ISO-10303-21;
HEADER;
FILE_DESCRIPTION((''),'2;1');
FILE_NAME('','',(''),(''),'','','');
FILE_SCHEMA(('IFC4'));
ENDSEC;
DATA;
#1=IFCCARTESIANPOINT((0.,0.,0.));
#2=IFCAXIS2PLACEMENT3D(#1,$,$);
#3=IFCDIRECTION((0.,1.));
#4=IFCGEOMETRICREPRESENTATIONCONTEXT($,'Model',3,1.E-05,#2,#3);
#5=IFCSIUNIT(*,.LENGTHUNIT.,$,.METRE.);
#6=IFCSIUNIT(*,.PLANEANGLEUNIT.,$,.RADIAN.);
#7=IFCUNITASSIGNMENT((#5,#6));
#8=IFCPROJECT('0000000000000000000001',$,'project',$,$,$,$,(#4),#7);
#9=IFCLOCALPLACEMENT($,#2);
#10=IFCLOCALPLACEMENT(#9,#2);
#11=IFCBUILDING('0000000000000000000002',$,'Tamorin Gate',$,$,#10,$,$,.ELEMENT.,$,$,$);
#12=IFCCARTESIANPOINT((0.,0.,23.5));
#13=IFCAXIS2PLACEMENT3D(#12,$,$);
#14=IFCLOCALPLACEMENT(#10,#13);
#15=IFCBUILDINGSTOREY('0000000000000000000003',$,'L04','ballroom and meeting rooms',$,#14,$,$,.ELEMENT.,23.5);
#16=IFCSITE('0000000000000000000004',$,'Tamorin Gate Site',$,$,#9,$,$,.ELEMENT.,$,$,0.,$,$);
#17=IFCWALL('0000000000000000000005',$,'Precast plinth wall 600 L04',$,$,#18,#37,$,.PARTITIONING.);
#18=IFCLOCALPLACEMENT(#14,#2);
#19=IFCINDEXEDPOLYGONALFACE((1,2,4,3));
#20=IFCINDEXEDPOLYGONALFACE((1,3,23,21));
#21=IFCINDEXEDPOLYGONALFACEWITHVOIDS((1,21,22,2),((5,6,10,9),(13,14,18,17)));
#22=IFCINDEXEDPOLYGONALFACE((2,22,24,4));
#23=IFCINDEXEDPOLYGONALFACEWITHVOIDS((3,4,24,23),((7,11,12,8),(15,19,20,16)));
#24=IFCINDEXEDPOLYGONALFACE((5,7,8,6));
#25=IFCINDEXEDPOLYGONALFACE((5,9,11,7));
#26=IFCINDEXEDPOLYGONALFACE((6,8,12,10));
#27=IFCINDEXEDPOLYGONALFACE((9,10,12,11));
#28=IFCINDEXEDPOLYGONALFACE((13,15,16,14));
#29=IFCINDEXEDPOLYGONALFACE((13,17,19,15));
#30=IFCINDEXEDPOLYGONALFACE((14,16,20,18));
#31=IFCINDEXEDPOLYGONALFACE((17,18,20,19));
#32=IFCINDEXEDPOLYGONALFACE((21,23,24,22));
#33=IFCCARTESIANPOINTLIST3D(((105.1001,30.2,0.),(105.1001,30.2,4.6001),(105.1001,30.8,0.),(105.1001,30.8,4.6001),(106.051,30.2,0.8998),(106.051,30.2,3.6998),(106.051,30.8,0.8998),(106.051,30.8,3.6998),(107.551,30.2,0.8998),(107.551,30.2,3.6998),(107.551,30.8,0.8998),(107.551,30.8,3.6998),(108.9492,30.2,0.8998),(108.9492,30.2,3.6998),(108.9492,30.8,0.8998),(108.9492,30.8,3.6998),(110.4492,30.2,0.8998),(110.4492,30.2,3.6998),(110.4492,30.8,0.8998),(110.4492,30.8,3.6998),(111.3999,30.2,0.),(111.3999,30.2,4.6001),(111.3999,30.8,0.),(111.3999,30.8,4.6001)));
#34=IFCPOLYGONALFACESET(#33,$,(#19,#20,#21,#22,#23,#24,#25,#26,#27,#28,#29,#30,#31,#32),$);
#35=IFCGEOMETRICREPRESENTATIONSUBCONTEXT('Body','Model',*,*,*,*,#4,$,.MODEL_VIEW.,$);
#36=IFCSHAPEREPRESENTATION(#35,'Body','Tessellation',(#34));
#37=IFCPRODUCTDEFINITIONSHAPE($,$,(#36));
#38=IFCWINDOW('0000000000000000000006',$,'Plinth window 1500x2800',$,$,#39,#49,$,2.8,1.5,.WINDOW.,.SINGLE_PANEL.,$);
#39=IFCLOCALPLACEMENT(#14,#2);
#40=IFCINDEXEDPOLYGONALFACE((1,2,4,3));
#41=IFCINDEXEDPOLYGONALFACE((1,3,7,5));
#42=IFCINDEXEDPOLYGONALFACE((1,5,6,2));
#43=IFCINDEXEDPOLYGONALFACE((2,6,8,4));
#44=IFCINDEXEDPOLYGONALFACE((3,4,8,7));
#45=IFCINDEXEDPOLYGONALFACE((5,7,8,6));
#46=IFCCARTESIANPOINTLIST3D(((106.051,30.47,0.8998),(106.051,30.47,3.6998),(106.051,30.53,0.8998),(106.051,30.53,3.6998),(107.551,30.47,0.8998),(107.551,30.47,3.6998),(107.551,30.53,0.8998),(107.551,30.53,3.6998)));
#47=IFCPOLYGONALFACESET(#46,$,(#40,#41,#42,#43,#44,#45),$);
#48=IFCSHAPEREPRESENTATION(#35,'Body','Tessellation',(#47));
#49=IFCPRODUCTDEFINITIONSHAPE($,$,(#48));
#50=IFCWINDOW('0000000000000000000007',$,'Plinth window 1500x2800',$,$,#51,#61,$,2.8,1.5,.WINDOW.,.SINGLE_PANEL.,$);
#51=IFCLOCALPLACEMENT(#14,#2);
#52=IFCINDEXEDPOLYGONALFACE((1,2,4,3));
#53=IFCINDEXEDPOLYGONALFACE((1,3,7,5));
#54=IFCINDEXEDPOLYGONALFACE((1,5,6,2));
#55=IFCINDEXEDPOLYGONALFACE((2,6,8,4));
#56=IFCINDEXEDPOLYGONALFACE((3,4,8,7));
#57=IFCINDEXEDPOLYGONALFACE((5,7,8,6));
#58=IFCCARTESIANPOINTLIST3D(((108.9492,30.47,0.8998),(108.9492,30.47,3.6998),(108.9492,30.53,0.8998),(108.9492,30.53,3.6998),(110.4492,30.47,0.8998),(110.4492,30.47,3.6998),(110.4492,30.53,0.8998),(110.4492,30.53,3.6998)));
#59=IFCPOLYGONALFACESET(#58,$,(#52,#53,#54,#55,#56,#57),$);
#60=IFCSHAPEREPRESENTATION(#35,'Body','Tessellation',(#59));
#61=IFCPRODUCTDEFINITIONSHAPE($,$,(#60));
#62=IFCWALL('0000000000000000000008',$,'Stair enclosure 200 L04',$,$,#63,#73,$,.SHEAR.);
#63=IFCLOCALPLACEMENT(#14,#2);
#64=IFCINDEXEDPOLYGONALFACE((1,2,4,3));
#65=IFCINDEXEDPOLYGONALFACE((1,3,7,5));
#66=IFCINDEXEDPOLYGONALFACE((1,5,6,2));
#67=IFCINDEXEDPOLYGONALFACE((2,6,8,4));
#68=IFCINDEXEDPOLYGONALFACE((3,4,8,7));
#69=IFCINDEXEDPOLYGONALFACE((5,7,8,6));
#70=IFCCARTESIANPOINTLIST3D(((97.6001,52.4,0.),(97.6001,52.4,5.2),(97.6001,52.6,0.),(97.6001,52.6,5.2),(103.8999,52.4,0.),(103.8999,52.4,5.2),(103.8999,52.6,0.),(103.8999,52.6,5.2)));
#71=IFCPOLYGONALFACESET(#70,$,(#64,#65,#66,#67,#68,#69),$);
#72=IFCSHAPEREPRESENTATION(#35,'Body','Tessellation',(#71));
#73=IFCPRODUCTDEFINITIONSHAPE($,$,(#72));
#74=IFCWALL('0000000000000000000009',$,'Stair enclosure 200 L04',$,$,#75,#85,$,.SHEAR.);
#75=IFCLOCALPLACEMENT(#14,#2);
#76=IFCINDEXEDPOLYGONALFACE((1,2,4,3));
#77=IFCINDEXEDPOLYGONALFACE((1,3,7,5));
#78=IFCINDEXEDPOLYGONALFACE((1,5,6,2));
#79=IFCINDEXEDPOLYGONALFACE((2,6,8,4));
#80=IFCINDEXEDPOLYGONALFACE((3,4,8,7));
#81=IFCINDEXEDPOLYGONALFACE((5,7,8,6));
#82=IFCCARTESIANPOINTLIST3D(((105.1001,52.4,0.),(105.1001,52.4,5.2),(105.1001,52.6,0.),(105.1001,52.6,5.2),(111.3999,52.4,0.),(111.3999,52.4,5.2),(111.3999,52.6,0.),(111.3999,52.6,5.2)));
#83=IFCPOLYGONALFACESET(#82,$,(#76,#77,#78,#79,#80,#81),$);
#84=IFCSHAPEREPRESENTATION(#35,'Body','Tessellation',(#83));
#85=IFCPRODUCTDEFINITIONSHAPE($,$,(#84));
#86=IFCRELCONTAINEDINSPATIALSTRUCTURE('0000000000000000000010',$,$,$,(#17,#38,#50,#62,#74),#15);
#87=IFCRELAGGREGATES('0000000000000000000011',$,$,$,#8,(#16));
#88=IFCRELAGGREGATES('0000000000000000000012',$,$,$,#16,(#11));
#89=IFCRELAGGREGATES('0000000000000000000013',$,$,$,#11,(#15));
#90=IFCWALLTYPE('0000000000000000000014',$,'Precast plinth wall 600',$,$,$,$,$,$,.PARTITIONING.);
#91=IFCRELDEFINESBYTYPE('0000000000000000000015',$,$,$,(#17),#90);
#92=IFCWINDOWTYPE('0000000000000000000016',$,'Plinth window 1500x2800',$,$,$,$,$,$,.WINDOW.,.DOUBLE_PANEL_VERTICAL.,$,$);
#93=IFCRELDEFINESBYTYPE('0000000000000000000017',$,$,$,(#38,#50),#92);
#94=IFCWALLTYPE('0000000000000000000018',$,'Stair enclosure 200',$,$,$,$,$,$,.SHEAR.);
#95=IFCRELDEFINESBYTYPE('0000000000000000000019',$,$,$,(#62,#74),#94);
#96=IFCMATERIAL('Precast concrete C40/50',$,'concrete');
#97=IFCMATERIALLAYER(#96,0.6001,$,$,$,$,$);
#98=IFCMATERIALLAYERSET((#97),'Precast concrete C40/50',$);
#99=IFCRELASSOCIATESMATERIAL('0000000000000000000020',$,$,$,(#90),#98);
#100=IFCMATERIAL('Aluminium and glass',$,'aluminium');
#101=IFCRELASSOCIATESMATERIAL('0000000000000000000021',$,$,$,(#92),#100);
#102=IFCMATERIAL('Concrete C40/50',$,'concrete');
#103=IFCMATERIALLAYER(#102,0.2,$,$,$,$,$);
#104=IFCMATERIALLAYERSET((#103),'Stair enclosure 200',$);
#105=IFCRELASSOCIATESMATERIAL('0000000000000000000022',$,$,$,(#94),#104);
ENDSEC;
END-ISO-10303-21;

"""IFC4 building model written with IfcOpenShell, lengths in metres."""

from ifc_helpers import new_model, si_unit, direction, frame, frame_2d, origin, place, context, subcontext, project, spatial, rectangle, extrude, material, layer, layer_set, type_object, element, fill, save


model = new_model("IFC4")

# Units and contexts
model_context = context("Model", 3, precision=1e-05, world=origin(), true_north=direction((0.0, 1.0)))
body_context = subcontext(model_context, "Body", "Model", "MODEL_VIEW")
ifc_project = project(units=[si_unit("LENGTHUNIT", "METRE"), si_unit("PLANEANGLEUNIT", "RADIAN")], contexts=[model_context])

# Site, building, storey
site_placement = place(None, origin())
site = spatial("IfcSite", under=ifc_project, at=site_placement, Name="Tamorin Gate Site", CompositionType="ELEMENT", RefElevation=0.0)
building_placement = place(site_placement, origin())
building = spatial("IfcBuilding", under=site, at=building_placement, Name="Tamorin Gate", CompositionType="ELEMENT")
storey_placement = place(building_placement, frame((0.0, 0.0, 23.5)))
storey = spatial("IfcBuildingStorey", under=building, at=storey_placement, Name="L04", Description="ballroom and meeting rooms", CompositionType="ELEMENT", Elevation=23.5)

# Wall, openings, windows
ifc_material_1 = material(Name="Precast concrete C40/50", Category="concrete")
ifc_layer_1 = layer(ifc_material_1, 0.6001)
ifc_layer_set_1 = layer_set([ifc_layer_1], Name="Precast concrete C40/50")
wall_type_1 = type_object("IfcWallType", Name="Precast plinth wall 600", PredefinedType="PARTITIONING", material=ifc_layer_set_1)
ifc_material_2 = material(Name="Aluminium and glass", Category="aluminium")
window_type = type_object("IfcWindowType", Name="Plinth window 1500x2800", PartitioningType="DOUBLE_PANEL_VERTICAL", PredefinedType="WINDOW", material=ifc_material_2)
wall_1_placement = place(storey_placement, frame((105.1001, 30.5, 0.0), z_axis=(0.0, 0.0, 1.0), x_axis=(1.0, 0.0, 0.0)))
wall_1 = element("IfcWall", 1, at=wall_1_placement, inside=storey, type_object=wall_type_1, Name="Precast plinth wall 600 L04", PredefinedType="PARTITIONING", context=body_context, shape_type="SweptSolid", body=[
    extrude(rectangle(XDim=6.2998, YDim=0.6001, at=frame_2d((3.1499, 0.0))), origin(), (0.0, 0.0, 1.0), 4.6001),
])
opening_1_placement = place(wall_1_placement, frame((0.9509, 0.0, 0.8999)))
opening_1 = element("IfcOpeningElement", 2, at=opening_1_placement, cuts=wall_1, PredefinedType="OPENING", context=body_context, shape_type="SweptSolid", body=[
    extrude(rectangle(XDim=1.5, YDim=2.8, at=frame_2d((0.75, 1.3999))), frame((0.0, 0.3101, 0.0), z_axis=(0.0, -1.0, 0.0), x_axis=(1.0, 0.0, 0.0)), (0.0, 0.0, 1.0), 0.6201),
])
opening_2_placement = place(wall_1_placement, frame((3.8491, 0.0, 0.8999)))
opening_2 = element("IfcOpeningElement", 3, at=opening_2_placement, cuts=wall_1, PredefinedType="OPENING", context=body_context, shape_type="SweptSolid", body=[
    extrude(rectangle(XDim=1.5, YDim=2.8, at=frame_2d((0.75, 1.3999))), frame((0.0, 0.3101, 0.0), z_axis=(0.0, -1.0, 0.0), x_axis=(1.0, 0.0, 0.0)), (0.0, 0.0, 1.0), 0.6201),
])
window_1_placement = place(opening_1_placement, origin())
window_1 = element("IfcWindow", 4, at=window_1_placement, inside=storey, type_object=window_type, Name="Plinth window 1500x2800", OverallHeight=2.8, OverallWidth=1.5, PartitioningType="SINGLE_PANEL", PredefinedType="WINDOW", context=body_context, shape_type="SweptSolid", body=[
    extrude(rectangle(XDim=1.5, YDim=2.8, at=frame_2d((0.75, 1.3999))), frame((0.0, 0.03, 0.0), z_axis=(0.0, -1.0, 0.0), x_axis=(1.0, 0.0, 0.0)), (0.0, 0.0, 1.0), 0.0601),
])
fill(opening_1, window_1)
window_2_placement = place(opening_2_placement, origin())
window_2 = element("IfcWindow", 5, at=window_2_placement, inside=storey, type_object=window_type, Name="Plinth window 1500x2800", OverallHeight=2.8, OverallWidth=1.5, PartitioningType="SINGLE_PANEL", PredefinedType="WINDOW", context=body_context, shape_type="SweptSolid", body=[
    extrude(rectangle(XDim=1.5, YDim=2.8, at=frame_2d((0.75, 1.3999))), frame((0.0, 0.03, 0.0), z_axis=(0.0, -1.0, 0.0), x_axis=(1.0, 0.0, 0.0)), (0.0, 0.0, 1.0), 0.0601),
])
fill(opening_2, window_2)

# Walls
ifc_material_3 = material(Name="Concrete C40/50", Category="concrete")
ifc_layer_2 = layer(ifc_material_3, 0.2)
ifc_layer_set_2 = layer_set([ifc_layer_2], Name="Stair enclosure 200")
wall_type_2 = type_object("IfcWallType", Name="Stair enclosure 200", PredefinedType="SHEAR", material=ifc_layer_set_2)
for number, where, z_axis, x_axis, name in (
    (6, (97.6001, 52.5, 0.0), (0.0, 0.0, 1.0), (1.0, 0.0, 0.0), "Stair enclosure 200 L04"),
    (7, (105.1001, 52.5, 0.0), (0.0, 0.0, 1.0), (1.0, 0.0, 0.0), "Stair enclosure 200 L04"),
):
    element("IfcWall", number, at=place(storey_placement, frame(where, z_axis=z_axis, x_axis=x_axis)), inside=storey, type_object=wall_type_2, Name=name, PredefinedType="SHEAR", context=body_context, shape_type="SweptSolid", body=[
        extrude(rectangle(XDim=6.2998, YDim=0.2, at=frame_2d((3.1499, 0.0))), origin(), (0.0, 0.0, 1.0), 5.2),
    ])

save(model, "model.ifc")
